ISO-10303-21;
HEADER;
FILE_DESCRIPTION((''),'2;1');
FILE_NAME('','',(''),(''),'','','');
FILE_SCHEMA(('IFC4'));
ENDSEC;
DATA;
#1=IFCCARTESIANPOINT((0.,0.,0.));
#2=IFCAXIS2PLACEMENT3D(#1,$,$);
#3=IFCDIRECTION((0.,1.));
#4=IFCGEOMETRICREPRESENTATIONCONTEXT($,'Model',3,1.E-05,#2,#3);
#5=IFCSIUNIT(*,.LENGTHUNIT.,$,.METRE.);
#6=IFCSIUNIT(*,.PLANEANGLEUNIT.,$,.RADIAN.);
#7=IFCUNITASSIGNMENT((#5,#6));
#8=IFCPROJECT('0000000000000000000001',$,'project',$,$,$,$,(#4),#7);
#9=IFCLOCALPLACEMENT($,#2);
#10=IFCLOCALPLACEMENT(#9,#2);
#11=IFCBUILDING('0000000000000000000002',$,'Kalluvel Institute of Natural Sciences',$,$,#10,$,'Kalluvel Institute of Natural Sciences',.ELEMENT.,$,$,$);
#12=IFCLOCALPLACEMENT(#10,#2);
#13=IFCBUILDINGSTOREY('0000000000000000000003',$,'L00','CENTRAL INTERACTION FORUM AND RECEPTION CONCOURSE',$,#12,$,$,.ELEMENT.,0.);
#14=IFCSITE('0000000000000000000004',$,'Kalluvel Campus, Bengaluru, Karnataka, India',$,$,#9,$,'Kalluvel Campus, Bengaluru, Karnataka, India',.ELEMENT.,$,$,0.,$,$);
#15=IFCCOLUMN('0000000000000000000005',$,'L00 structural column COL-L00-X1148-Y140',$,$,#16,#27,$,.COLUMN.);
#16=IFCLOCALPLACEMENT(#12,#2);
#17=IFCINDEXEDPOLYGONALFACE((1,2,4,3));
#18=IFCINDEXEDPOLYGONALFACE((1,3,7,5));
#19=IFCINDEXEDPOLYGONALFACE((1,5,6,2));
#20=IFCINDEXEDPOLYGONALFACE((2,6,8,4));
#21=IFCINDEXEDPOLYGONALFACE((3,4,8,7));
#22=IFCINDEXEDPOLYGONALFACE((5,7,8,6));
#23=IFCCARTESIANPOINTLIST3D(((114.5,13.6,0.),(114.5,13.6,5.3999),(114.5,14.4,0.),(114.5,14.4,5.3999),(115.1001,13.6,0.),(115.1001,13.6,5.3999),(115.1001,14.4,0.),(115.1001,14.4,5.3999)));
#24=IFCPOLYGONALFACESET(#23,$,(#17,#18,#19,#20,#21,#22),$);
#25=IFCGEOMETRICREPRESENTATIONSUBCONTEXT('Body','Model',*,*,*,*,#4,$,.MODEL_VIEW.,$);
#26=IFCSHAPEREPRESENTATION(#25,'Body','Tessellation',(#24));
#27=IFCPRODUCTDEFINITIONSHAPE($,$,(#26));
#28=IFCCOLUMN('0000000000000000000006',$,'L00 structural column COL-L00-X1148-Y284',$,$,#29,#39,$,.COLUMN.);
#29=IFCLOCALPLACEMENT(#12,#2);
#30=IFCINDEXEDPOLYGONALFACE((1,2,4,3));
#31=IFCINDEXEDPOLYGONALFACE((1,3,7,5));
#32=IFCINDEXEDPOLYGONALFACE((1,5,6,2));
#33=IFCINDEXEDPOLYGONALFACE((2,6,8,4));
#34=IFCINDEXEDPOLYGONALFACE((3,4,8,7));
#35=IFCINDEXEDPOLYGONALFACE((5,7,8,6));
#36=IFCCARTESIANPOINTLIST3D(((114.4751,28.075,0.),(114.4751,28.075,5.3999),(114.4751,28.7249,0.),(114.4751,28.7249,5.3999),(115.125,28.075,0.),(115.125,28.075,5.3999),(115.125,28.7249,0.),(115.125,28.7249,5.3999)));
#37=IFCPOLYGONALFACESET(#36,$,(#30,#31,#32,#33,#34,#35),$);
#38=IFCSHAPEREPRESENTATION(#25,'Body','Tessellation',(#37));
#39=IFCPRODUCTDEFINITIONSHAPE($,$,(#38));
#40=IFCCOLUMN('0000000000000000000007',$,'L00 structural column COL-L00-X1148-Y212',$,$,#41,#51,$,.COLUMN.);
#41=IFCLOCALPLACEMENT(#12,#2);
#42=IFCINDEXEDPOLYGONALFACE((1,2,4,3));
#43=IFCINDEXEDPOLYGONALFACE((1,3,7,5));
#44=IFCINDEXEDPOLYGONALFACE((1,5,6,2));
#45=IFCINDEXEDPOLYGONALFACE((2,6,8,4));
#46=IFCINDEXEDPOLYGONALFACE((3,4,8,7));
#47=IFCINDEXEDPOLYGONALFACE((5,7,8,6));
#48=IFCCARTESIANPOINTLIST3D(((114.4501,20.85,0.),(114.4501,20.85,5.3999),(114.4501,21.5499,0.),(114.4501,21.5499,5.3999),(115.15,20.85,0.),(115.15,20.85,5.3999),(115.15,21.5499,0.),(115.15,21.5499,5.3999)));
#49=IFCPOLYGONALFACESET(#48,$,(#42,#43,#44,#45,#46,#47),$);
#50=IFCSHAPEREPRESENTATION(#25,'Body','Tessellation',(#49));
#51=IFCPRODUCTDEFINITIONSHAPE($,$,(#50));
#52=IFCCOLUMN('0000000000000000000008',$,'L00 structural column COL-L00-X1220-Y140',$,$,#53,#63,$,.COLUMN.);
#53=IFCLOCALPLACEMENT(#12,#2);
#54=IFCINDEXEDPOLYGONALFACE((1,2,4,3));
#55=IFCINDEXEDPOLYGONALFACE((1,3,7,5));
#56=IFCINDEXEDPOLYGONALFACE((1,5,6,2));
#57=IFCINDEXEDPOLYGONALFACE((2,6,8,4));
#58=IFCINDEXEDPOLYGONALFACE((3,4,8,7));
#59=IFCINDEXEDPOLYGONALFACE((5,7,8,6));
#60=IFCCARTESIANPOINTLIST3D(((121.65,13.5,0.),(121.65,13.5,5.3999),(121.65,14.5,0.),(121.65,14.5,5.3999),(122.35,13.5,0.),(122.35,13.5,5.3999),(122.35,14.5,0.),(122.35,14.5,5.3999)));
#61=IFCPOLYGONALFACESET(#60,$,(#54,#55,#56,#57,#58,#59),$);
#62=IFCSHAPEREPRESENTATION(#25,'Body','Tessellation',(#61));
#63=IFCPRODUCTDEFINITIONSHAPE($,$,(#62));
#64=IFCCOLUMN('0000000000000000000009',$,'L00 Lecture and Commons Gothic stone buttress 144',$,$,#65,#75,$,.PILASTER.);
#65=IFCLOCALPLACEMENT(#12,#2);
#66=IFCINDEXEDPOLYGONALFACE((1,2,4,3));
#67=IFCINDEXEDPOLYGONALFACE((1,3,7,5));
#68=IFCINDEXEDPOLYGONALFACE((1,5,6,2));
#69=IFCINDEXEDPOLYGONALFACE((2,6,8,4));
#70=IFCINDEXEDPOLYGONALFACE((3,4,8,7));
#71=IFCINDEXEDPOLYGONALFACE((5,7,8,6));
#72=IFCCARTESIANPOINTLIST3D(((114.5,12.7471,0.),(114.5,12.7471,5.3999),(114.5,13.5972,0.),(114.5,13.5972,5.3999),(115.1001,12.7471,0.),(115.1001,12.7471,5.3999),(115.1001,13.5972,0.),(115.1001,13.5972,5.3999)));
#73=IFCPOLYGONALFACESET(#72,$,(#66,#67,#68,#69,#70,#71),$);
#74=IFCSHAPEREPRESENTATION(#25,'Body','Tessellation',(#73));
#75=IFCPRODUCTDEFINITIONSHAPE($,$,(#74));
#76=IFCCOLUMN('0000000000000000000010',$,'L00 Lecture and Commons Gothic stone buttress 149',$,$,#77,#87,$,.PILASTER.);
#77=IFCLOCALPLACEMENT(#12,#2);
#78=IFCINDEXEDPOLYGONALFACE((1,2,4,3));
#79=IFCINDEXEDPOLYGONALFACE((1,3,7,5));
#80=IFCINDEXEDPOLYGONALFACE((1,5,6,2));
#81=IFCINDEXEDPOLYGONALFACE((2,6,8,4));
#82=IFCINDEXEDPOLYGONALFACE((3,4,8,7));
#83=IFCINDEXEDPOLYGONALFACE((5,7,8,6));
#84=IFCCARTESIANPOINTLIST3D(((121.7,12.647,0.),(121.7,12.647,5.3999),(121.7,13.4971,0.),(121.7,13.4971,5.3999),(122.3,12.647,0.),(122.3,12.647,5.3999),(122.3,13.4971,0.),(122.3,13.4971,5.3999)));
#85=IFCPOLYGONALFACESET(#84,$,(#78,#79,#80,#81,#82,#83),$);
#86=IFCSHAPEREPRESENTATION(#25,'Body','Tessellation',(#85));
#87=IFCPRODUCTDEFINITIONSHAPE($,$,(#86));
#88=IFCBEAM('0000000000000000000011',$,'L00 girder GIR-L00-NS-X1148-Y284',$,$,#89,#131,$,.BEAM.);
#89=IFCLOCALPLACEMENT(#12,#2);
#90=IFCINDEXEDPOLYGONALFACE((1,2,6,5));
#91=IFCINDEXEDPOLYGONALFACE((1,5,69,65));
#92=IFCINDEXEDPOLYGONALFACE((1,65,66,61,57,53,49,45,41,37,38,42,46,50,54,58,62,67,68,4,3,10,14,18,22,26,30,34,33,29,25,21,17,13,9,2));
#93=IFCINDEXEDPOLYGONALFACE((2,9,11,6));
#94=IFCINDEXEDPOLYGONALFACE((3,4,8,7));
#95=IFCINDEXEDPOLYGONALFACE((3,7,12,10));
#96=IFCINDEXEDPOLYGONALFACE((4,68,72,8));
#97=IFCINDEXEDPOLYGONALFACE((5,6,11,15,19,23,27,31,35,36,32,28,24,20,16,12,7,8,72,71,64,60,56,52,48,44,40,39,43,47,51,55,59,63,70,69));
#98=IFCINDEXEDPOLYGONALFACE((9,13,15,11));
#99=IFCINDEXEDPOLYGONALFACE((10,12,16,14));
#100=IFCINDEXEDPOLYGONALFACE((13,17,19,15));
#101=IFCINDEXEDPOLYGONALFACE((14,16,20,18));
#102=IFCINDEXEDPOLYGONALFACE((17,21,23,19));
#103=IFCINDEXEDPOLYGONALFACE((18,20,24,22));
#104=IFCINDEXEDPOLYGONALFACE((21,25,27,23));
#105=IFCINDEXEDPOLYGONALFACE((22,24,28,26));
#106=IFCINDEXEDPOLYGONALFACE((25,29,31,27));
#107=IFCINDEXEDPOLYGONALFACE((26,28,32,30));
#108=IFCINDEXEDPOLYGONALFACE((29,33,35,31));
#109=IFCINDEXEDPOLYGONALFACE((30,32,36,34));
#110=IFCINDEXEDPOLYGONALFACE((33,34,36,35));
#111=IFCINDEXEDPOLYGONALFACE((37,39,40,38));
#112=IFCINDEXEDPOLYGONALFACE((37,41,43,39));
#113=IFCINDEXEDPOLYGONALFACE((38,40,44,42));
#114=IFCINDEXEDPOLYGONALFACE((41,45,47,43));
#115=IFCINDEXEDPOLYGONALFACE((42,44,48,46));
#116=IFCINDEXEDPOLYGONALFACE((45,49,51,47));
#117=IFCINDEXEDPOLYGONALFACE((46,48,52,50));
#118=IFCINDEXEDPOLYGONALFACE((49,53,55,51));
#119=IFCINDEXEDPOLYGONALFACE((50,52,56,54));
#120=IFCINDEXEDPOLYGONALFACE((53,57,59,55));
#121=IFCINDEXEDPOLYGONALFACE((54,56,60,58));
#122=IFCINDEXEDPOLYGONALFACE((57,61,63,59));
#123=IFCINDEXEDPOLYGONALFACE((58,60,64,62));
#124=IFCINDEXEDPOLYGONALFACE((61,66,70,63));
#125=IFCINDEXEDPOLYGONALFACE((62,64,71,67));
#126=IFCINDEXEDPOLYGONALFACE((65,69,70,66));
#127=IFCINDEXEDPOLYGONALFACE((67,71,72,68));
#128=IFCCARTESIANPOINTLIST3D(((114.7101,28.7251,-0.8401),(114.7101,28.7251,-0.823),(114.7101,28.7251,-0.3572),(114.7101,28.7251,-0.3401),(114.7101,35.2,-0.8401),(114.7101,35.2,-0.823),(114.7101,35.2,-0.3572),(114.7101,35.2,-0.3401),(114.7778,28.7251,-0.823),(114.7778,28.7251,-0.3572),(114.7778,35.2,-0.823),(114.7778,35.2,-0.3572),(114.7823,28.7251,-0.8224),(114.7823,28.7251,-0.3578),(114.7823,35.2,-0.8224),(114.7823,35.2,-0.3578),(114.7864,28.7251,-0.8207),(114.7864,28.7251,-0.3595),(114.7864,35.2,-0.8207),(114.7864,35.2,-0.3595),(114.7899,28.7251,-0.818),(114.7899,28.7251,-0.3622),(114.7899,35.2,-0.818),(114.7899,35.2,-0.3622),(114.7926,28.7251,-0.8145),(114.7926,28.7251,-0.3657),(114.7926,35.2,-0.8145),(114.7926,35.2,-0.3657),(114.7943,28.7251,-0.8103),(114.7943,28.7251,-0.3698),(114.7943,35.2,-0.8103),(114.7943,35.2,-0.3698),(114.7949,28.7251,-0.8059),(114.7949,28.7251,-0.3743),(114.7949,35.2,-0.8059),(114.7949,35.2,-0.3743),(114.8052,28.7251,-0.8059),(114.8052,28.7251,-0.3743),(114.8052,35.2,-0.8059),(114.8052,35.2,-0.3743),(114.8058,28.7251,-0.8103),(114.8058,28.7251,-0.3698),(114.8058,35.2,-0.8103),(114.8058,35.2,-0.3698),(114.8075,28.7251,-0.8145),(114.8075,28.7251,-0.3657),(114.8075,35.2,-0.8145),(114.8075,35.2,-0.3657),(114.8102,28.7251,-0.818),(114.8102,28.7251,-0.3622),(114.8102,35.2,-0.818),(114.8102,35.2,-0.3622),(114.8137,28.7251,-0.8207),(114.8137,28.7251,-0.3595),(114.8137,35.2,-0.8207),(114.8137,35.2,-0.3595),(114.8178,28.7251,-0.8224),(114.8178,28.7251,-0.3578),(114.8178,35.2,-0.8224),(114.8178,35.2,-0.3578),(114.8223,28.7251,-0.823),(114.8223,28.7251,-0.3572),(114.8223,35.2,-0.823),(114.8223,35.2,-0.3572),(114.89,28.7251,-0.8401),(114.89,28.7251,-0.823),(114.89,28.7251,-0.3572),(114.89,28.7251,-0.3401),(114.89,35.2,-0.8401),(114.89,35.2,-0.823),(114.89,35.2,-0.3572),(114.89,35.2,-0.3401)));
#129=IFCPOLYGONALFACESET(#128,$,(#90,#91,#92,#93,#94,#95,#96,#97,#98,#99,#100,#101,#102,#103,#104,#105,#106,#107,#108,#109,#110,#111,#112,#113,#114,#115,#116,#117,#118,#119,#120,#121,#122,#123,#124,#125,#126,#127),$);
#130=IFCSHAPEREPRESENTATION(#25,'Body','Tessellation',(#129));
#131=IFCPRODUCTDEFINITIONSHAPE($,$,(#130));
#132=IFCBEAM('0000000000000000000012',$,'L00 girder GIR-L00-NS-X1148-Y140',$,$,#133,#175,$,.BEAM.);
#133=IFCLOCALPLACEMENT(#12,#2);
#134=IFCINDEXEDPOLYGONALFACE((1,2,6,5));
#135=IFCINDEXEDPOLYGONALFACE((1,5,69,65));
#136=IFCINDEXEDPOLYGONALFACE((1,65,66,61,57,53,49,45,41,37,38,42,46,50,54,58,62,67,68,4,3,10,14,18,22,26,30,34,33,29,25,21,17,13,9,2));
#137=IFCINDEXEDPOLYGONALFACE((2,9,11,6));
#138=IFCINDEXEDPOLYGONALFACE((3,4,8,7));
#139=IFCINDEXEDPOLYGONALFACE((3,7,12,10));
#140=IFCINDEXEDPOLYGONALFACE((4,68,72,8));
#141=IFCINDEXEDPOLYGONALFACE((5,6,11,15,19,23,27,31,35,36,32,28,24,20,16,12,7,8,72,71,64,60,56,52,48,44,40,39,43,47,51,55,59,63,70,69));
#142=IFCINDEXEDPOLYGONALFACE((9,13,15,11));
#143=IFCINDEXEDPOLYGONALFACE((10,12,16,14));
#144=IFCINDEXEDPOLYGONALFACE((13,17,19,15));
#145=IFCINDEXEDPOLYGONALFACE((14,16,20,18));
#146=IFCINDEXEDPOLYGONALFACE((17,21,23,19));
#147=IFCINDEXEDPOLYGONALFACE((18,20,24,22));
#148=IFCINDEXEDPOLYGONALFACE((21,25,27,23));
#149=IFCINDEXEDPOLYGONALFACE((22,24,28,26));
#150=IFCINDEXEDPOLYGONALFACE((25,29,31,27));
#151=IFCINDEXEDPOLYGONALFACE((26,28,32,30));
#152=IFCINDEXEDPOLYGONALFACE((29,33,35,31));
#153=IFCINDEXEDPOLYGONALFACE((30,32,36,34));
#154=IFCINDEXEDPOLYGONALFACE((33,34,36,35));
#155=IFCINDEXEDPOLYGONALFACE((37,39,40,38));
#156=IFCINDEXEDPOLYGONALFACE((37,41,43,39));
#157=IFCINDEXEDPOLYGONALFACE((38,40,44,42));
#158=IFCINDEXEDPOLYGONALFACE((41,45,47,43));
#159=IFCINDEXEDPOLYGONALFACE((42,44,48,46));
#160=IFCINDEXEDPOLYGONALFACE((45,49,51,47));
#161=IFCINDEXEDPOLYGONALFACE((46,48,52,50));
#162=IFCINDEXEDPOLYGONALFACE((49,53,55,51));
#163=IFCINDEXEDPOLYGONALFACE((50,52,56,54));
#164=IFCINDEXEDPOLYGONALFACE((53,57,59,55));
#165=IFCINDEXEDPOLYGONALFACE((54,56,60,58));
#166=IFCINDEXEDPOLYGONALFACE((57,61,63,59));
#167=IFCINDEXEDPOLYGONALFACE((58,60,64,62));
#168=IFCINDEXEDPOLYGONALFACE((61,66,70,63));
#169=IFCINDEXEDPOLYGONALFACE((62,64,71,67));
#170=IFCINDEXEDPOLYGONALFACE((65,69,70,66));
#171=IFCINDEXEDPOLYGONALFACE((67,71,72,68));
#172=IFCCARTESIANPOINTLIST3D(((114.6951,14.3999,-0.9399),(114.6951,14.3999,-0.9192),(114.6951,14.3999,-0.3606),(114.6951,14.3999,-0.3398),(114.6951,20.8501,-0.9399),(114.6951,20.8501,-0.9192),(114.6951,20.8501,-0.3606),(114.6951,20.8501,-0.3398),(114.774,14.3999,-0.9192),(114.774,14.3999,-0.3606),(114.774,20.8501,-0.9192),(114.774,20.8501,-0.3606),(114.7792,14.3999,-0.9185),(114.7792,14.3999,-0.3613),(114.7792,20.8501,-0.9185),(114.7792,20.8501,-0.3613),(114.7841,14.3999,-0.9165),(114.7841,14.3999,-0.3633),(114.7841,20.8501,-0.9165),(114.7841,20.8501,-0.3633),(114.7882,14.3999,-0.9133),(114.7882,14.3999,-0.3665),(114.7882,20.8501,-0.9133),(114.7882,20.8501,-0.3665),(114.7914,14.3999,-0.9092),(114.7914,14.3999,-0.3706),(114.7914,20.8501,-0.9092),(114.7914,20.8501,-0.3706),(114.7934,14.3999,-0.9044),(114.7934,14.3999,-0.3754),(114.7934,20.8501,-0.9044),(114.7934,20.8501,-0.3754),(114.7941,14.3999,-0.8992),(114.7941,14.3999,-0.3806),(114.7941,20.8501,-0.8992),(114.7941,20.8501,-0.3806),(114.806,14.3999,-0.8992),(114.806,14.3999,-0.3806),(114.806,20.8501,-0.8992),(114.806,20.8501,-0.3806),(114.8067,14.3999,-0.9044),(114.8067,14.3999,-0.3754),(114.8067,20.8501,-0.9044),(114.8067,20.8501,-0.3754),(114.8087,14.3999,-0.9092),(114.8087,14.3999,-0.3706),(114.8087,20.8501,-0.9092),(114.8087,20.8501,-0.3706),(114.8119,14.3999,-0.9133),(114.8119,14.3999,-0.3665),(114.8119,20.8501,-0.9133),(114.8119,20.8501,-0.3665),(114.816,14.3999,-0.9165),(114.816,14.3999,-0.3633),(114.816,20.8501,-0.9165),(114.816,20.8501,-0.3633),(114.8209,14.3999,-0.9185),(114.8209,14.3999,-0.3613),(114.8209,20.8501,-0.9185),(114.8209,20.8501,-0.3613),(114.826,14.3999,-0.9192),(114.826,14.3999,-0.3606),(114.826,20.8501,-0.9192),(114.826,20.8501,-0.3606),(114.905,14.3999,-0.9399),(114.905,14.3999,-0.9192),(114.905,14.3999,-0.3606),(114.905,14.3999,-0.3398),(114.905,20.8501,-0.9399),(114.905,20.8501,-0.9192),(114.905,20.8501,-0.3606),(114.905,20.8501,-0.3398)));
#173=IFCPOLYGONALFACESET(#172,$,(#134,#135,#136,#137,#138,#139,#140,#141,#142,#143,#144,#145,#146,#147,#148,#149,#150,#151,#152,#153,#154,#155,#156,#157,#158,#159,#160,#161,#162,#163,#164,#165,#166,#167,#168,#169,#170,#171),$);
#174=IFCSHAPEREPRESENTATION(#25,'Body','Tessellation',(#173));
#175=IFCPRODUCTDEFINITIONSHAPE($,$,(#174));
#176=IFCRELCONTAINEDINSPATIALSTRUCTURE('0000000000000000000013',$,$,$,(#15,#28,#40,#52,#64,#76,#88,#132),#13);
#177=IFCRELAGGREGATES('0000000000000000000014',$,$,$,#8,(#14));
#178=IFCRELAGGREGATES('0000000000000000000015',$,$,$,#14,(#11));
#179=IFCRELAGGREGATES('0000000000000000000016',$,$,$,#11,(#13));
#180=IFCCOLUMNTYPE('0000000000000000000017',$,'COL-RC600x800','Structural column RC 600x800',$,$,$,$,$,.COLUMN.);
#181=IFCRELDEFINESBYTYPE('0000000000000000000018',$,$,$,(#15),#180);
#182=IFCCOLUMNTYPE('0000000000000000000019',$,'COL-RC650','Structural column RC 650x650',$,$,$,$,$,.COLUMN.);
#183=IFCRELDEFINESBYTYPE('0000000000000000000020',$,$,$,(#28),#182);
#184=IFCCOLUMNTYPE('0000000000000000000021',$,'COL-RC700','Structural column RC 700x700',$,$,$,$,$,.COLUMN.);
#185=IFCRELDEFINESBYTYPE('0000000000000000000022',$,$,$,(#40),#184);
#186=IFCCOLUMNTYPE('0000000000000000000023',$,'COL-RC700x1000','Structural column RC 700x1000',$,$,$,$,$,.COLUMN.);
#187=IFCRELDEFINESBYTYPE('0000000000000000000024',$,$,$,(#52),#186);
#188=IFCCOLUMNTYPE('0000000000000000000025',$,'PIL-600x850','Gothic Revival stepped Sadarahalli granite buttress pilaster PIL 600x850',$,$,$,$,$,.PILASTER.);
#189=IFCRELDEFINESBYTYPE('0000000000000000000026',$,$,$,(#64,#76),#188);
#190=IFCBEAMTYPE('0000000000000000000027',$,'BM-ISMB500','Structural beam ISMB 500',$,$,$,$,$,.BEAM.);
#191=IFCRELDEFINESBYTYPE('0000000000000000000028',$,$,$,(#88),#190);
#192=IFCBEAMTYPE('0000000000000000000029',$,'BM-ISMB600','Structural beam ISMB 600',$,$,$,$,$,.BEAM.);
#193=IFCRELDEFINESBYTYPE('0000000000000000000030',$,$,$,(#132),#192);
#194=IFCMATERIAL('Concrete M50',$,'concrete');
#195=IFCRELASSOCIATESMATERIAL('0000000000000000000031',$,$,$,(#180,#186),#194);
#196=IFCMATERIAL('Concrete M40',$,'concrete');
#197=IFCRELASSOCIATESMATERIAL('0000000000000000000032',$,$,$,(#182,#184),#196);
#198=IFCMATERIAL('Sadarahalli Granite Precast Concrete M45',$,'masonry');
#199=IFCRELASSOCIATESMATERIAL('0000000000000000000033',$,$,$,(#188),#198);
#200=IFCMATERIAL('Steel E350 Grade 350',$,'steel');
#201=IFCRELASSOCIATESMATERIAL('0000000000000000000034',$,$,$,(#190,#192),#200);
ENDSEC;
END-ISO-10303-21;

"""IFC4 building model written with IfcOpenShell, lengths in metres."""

from ifc_helpers import new_model, si_unit, direction, frame, origin, origin_2d, place, context, subcontext, project, spatial, rectangle, i_section, extrude, material, material_profile, profile_set, type_object, element, save


model = new_model("IFC4")

# Units and contexts
model_context = context("Model", 3, precision=1e-05, world=origin(), true_north=direction((0.0, 1.0)))
body_context = subcontext(model_context, "Body", "Model", "MODEL_VIEW")
ifc_project = project(units=[si_unit("LENGTHUNIT", "METRE"), si_unit("PLANEANGLEUNIT", "RADIAN")], contexts=[model_context])

# Site, building, storey
site_placement = place(None, origin())
site = spatial("IfcSite", under=ifc_project, at=site_placement, Name="Kalluvel Campus, Bengaluru, Karnataka, India", LongName="Kalluvel Campus, Bengaluru, Karnataka, India", CompositionType="ELEMENT", RefElevation=0.0)
building_placement = place(site_placement, origin())
building = spatial("IfcBuilding", under=site, at=building_placement, Name="Kalluvel Institute of Natural Sciences", LongName="Kalluvel Institute of Natural Sciences", CompositionType="ELEMENT")
storey_placement = place(building_placement, origin())
storey = spatial("IfcBuildingStorey", under=building, at=storey_placement, Name="L00", Description="CENTRAL INTERACTION FORUM AND RECEPTION CONCOURSE", CompositionType="ELEMENT", Elevation=0.0)

# Columns
ifc_material_1 = material(Name="Concrete M50", Category="concrete")
ifc_material_profile_1 = material_profile(ifc_material_1, rectangle(XDim=0.6001, YDim=0.8, at=origin_2d()), Name="RC 600x800")
ifc_profile_set_1 = profile_set([ifc_material_profile_1], Name="Concrete M50")
column_type_1 = type_object("IfcColumnType", Name="COL-RC600x800", Description="Structural column RC 600x800", PredefinedType="COLUMN", material=ifc_profile_set_1)
column_1_placement = place(storey_placement, frame((114.8, 14.0, 0.0), z_axis=(0.0, 0.0, 1.0), x_axis=(1.0, 0.0, 0.0)))
element("IfcColumn", 1, at=column_1_placement, inside=storey, type_object=column_type_1, Name="L00 structural column COL-L00-X1148-Y140", PredefinedType="COLUMN", context=body_context, shape_type="SweptSolid", body=[
    extrude(rectangle(XDim=0.6001, YDim=0.8, at=origin_2d()), origin(), (0.0, 0.0, 1.0), 5.3999),
])
ifc_material_2 = material(Name="Concrete M40", Category="concrete")
ifc_material_profile_2 = material_profile(ifc_material_2, rectangle(XDim=0.6499, YDim=0.6499, at=origin_2d()), Name="RC 650x650")
ifc_profile_set_2 = profile_set([ifc_material_profile_2], Name="Concrete M40")
column_type_2 = type_object("IfcColumnType", Name="COL-RC650", Description="Structural column RC 650x650", PredefinedType="COLUMN", material=ifc_profile_set_2)
column_2_placement = place(storey_placement, frame((114.8, 28.3999, 0.0), z_axis=(0.0, 0.0, 1.0), x_axis=(1.0, 0.0, 0.0)))
element("IfcColumn", 2, at=column_2_placement, inside=storey, type_object=column_type_2, Name="L00 structural column COL-L00-X1148-Y284", PredefinedType="COLUMN", context=body_context, shape_type="SweptSolid", body=[
    extrude(rectangle(XDim=0.6499, YDim=0.6499, at=origin_2d()), origin(), (0.0, 0.0, 1.0), 5.3999),
])
ifc_material_profile_3 = material_profile(ifc_material_2, rectangle(XDim=0.7, YDim=0.7, at=origin_2d()), Name="RC 700x700")
ifc_profile_set_3 = profile_set([ifc_material_profile_3], Name="Concrete M40")
column_type_3 = type_object("IfcColumnType", Name="COL-RC700", Description="Structural column RC 700x700", PredefinedType="COLUMN", material=ifc_profile_set_3)
column_3_placement = place(storey_placement, frame((114.8, 21.2, 0.0), z_axis=(0.0, 0.0, 1.0), x_axis=(1.0, 0.0, 0.0)))
element("IfcColumn", 3, at=column_3_placement, inside=storey, type_object=column_type_3, Name="L00 structural column COL-L00-X1148-Y212", PredefinedType="COLUMN", context=body_context, shape_type="SweptSolid", body=[
    extrude(rectangle(XDim=0.7, YDim=0.7, at=origin_2d()), origin(), (0.0, 0.0, 1.0), 5.3999),
])
ifc_material_profile_4 = material_profile(ifc_material_1, rectangle(XDim=0.7, YDim=1.0, at=origin_2d()), Name="RC 700x1000")
ifc_profile_set_4 = profile_set([ifc_material_profile_4], Name="Concrete M50")
column_type_4 = type_object("IfcColumnType", Name="COL-RC700x1000", Description="Structural column RC 700x1000", PredefinedType="COLUMN", material=ifc_profile_set_4)
column_4_placement = place(storey_placement, frame((122.0, 14.0, 0.0), z_axis=(0.0, 0.0, 1.0), x_axis=(1.0, 0.0, 0.0)))
element("IfcColumn", 4, at=column_4_placement, inside=storey, type_object=column_type_4, Name="L00 structural column COL-L00-X1220-Y140", PredefinedType="COLUMN", context=body_context, shape_type="SweptSolid", body=[
    extrude(rectangle(XDim=0.7, YDim=1.0, at=origin_2d()), origin(), (0.0, 0.0, 1.0), 5.3999),
])
ifc_material_3 = material(Name="Sadarahalli Granite Precast Concrete M45", Category="masonry")
ifc_material_profile_5 = material_profile(ifc_material_3, rectangle(XDim=0.6001, YDim=0.8501, at=origin_2d()), Name="PIL 600x850")
ifc_profile_set_5 = profile_set([ifc_material_profile_5], Name="Sadarahalli Granite Precast Concrete M45")
column_type_5 = type_object("IfcColumnType", Name="PIL-600x850", Description="Gothic Revival stepped Sadarahalli granite buttress pilaster PIL 600x850", PredefinedType="PILASTER", material=ifc_profile_set_5)
for number, where, z_axis, x_axis, name in (
    (5, (114.8, 13.1721, 0.0), (0.0, 0.0, 1.0), (1.0, 0.0, 0.0), "L00 Lecture and Commons Gothic stone buttress 144"),
    (6, (122.0, 13.072, 0.0), (0.0, 0.0, 1.0), (1.0, 0.0, 0.0), "L00 Lecture and Commons Gothic stone buttress 149"),
):
    element("IfcColumn", number, at=place(storey_placement, frame(where, z_axis=z_axis, x_axis=x_axis)), inside=storey, type_object=column_type_5, Name=name, PredefinedType="PILASTER", context=body_context, shape_type="SweptSolid", body=[
        extrude(rectangle(XDim=0.6001, YDim=0.8501, at=origin_2d()), origin(), (0.0, 0.0, 1.0), 5.3999),
    ])

# Beams
ifc_material_4 = material(Name="Steel E350 Grade 350", Category="steel")
ifc_material_profile_6 = material_profile(ifc_material_4, i_section(OverallWidth=0.1799, OverallDepth=0.5, WebThickness=0.0103, FlangeThickness=0.0171, FilletRadius=0.0171, at=origin_2d()), Name="ISMB 500")
ifc_profile_set_6 = profile_set([ifc_material_profile_6], Name="Steel E350 Grade 350")
beam_type_1 = type_object("IfcBeamType", Name="BM-ISMB500", Description="Structural beam ISMB 500", PredefinedType="BEAM", material=ifc_profile_set_6)
beam_1_placement = place(storey_placement, frame((114.8, 28.7251, -0.5901), z_axis=(0.0, 1.0, 0.0), x_axis=(-1.0, 0.0, 0.0)))
element("IfcBeam", 7, at=beam_1_placement, inside=storey, type_object=beam_type_1, Name="L00 girder GIR-L00-NS-X1148-Y284", PredefinedType="BEAM", context=body_context, shape_type="SweptSolid", body=[
    extrude(i_section(OverallWidth=0.1799, OverallDepth=0.5, WebThickness=0.0103, FlangeThickness=0.0171, FilletRadius=0.0171, at=origin_2d()), origin(), (0.0, 0.0, 1.0), 6.4749),
])
ifc_material_profile_7 = material_profile(ifc_material_4, i_section(OverallWidth=0.21, OverallDepth=0.6001, WebThickness=0.012, FlangeThickness=0.0208, FilletRadius=0.02, at=origin_2d()), Name="ISMB 600")
ifc_profile_set_7 = profile_set([ifc_material_profile_7], Name="Steel E350 Grade 350")
beam_type_2 = type_object("IfcBeamType", Name="BM-ISMB600", Description="Structural beam ISMB 600", PredefinedType="BEAM", material=ifc_profile_set_7)
beam_2_placement = place(storey_placement, frame((114.8, 14.3999, -0.6399), z_axis=(0.0, 1.0, 0.0), x_axis=(-1.0, 0.0, 0.0)))
element("IfcBeam", 8, at=beam_2_placement, inside=storey, type_object=beam_type_2, Name="L00 girder GIR-L00-NS-X1148-Y140", PredefinedType="BEAM", context=body_context, shape_type="SweptSolid", body=[
    extrude(i_section(OverallWidth=0.21, OverallDepth=0.6001, WebThickness=0.012, FlangeThickness=0.0208, FilletRadius=0.02, at=origin_2d()), origin(), (0.0, 0.0, 1.0), 6.4502),
])

save(model, "model.ifc")
